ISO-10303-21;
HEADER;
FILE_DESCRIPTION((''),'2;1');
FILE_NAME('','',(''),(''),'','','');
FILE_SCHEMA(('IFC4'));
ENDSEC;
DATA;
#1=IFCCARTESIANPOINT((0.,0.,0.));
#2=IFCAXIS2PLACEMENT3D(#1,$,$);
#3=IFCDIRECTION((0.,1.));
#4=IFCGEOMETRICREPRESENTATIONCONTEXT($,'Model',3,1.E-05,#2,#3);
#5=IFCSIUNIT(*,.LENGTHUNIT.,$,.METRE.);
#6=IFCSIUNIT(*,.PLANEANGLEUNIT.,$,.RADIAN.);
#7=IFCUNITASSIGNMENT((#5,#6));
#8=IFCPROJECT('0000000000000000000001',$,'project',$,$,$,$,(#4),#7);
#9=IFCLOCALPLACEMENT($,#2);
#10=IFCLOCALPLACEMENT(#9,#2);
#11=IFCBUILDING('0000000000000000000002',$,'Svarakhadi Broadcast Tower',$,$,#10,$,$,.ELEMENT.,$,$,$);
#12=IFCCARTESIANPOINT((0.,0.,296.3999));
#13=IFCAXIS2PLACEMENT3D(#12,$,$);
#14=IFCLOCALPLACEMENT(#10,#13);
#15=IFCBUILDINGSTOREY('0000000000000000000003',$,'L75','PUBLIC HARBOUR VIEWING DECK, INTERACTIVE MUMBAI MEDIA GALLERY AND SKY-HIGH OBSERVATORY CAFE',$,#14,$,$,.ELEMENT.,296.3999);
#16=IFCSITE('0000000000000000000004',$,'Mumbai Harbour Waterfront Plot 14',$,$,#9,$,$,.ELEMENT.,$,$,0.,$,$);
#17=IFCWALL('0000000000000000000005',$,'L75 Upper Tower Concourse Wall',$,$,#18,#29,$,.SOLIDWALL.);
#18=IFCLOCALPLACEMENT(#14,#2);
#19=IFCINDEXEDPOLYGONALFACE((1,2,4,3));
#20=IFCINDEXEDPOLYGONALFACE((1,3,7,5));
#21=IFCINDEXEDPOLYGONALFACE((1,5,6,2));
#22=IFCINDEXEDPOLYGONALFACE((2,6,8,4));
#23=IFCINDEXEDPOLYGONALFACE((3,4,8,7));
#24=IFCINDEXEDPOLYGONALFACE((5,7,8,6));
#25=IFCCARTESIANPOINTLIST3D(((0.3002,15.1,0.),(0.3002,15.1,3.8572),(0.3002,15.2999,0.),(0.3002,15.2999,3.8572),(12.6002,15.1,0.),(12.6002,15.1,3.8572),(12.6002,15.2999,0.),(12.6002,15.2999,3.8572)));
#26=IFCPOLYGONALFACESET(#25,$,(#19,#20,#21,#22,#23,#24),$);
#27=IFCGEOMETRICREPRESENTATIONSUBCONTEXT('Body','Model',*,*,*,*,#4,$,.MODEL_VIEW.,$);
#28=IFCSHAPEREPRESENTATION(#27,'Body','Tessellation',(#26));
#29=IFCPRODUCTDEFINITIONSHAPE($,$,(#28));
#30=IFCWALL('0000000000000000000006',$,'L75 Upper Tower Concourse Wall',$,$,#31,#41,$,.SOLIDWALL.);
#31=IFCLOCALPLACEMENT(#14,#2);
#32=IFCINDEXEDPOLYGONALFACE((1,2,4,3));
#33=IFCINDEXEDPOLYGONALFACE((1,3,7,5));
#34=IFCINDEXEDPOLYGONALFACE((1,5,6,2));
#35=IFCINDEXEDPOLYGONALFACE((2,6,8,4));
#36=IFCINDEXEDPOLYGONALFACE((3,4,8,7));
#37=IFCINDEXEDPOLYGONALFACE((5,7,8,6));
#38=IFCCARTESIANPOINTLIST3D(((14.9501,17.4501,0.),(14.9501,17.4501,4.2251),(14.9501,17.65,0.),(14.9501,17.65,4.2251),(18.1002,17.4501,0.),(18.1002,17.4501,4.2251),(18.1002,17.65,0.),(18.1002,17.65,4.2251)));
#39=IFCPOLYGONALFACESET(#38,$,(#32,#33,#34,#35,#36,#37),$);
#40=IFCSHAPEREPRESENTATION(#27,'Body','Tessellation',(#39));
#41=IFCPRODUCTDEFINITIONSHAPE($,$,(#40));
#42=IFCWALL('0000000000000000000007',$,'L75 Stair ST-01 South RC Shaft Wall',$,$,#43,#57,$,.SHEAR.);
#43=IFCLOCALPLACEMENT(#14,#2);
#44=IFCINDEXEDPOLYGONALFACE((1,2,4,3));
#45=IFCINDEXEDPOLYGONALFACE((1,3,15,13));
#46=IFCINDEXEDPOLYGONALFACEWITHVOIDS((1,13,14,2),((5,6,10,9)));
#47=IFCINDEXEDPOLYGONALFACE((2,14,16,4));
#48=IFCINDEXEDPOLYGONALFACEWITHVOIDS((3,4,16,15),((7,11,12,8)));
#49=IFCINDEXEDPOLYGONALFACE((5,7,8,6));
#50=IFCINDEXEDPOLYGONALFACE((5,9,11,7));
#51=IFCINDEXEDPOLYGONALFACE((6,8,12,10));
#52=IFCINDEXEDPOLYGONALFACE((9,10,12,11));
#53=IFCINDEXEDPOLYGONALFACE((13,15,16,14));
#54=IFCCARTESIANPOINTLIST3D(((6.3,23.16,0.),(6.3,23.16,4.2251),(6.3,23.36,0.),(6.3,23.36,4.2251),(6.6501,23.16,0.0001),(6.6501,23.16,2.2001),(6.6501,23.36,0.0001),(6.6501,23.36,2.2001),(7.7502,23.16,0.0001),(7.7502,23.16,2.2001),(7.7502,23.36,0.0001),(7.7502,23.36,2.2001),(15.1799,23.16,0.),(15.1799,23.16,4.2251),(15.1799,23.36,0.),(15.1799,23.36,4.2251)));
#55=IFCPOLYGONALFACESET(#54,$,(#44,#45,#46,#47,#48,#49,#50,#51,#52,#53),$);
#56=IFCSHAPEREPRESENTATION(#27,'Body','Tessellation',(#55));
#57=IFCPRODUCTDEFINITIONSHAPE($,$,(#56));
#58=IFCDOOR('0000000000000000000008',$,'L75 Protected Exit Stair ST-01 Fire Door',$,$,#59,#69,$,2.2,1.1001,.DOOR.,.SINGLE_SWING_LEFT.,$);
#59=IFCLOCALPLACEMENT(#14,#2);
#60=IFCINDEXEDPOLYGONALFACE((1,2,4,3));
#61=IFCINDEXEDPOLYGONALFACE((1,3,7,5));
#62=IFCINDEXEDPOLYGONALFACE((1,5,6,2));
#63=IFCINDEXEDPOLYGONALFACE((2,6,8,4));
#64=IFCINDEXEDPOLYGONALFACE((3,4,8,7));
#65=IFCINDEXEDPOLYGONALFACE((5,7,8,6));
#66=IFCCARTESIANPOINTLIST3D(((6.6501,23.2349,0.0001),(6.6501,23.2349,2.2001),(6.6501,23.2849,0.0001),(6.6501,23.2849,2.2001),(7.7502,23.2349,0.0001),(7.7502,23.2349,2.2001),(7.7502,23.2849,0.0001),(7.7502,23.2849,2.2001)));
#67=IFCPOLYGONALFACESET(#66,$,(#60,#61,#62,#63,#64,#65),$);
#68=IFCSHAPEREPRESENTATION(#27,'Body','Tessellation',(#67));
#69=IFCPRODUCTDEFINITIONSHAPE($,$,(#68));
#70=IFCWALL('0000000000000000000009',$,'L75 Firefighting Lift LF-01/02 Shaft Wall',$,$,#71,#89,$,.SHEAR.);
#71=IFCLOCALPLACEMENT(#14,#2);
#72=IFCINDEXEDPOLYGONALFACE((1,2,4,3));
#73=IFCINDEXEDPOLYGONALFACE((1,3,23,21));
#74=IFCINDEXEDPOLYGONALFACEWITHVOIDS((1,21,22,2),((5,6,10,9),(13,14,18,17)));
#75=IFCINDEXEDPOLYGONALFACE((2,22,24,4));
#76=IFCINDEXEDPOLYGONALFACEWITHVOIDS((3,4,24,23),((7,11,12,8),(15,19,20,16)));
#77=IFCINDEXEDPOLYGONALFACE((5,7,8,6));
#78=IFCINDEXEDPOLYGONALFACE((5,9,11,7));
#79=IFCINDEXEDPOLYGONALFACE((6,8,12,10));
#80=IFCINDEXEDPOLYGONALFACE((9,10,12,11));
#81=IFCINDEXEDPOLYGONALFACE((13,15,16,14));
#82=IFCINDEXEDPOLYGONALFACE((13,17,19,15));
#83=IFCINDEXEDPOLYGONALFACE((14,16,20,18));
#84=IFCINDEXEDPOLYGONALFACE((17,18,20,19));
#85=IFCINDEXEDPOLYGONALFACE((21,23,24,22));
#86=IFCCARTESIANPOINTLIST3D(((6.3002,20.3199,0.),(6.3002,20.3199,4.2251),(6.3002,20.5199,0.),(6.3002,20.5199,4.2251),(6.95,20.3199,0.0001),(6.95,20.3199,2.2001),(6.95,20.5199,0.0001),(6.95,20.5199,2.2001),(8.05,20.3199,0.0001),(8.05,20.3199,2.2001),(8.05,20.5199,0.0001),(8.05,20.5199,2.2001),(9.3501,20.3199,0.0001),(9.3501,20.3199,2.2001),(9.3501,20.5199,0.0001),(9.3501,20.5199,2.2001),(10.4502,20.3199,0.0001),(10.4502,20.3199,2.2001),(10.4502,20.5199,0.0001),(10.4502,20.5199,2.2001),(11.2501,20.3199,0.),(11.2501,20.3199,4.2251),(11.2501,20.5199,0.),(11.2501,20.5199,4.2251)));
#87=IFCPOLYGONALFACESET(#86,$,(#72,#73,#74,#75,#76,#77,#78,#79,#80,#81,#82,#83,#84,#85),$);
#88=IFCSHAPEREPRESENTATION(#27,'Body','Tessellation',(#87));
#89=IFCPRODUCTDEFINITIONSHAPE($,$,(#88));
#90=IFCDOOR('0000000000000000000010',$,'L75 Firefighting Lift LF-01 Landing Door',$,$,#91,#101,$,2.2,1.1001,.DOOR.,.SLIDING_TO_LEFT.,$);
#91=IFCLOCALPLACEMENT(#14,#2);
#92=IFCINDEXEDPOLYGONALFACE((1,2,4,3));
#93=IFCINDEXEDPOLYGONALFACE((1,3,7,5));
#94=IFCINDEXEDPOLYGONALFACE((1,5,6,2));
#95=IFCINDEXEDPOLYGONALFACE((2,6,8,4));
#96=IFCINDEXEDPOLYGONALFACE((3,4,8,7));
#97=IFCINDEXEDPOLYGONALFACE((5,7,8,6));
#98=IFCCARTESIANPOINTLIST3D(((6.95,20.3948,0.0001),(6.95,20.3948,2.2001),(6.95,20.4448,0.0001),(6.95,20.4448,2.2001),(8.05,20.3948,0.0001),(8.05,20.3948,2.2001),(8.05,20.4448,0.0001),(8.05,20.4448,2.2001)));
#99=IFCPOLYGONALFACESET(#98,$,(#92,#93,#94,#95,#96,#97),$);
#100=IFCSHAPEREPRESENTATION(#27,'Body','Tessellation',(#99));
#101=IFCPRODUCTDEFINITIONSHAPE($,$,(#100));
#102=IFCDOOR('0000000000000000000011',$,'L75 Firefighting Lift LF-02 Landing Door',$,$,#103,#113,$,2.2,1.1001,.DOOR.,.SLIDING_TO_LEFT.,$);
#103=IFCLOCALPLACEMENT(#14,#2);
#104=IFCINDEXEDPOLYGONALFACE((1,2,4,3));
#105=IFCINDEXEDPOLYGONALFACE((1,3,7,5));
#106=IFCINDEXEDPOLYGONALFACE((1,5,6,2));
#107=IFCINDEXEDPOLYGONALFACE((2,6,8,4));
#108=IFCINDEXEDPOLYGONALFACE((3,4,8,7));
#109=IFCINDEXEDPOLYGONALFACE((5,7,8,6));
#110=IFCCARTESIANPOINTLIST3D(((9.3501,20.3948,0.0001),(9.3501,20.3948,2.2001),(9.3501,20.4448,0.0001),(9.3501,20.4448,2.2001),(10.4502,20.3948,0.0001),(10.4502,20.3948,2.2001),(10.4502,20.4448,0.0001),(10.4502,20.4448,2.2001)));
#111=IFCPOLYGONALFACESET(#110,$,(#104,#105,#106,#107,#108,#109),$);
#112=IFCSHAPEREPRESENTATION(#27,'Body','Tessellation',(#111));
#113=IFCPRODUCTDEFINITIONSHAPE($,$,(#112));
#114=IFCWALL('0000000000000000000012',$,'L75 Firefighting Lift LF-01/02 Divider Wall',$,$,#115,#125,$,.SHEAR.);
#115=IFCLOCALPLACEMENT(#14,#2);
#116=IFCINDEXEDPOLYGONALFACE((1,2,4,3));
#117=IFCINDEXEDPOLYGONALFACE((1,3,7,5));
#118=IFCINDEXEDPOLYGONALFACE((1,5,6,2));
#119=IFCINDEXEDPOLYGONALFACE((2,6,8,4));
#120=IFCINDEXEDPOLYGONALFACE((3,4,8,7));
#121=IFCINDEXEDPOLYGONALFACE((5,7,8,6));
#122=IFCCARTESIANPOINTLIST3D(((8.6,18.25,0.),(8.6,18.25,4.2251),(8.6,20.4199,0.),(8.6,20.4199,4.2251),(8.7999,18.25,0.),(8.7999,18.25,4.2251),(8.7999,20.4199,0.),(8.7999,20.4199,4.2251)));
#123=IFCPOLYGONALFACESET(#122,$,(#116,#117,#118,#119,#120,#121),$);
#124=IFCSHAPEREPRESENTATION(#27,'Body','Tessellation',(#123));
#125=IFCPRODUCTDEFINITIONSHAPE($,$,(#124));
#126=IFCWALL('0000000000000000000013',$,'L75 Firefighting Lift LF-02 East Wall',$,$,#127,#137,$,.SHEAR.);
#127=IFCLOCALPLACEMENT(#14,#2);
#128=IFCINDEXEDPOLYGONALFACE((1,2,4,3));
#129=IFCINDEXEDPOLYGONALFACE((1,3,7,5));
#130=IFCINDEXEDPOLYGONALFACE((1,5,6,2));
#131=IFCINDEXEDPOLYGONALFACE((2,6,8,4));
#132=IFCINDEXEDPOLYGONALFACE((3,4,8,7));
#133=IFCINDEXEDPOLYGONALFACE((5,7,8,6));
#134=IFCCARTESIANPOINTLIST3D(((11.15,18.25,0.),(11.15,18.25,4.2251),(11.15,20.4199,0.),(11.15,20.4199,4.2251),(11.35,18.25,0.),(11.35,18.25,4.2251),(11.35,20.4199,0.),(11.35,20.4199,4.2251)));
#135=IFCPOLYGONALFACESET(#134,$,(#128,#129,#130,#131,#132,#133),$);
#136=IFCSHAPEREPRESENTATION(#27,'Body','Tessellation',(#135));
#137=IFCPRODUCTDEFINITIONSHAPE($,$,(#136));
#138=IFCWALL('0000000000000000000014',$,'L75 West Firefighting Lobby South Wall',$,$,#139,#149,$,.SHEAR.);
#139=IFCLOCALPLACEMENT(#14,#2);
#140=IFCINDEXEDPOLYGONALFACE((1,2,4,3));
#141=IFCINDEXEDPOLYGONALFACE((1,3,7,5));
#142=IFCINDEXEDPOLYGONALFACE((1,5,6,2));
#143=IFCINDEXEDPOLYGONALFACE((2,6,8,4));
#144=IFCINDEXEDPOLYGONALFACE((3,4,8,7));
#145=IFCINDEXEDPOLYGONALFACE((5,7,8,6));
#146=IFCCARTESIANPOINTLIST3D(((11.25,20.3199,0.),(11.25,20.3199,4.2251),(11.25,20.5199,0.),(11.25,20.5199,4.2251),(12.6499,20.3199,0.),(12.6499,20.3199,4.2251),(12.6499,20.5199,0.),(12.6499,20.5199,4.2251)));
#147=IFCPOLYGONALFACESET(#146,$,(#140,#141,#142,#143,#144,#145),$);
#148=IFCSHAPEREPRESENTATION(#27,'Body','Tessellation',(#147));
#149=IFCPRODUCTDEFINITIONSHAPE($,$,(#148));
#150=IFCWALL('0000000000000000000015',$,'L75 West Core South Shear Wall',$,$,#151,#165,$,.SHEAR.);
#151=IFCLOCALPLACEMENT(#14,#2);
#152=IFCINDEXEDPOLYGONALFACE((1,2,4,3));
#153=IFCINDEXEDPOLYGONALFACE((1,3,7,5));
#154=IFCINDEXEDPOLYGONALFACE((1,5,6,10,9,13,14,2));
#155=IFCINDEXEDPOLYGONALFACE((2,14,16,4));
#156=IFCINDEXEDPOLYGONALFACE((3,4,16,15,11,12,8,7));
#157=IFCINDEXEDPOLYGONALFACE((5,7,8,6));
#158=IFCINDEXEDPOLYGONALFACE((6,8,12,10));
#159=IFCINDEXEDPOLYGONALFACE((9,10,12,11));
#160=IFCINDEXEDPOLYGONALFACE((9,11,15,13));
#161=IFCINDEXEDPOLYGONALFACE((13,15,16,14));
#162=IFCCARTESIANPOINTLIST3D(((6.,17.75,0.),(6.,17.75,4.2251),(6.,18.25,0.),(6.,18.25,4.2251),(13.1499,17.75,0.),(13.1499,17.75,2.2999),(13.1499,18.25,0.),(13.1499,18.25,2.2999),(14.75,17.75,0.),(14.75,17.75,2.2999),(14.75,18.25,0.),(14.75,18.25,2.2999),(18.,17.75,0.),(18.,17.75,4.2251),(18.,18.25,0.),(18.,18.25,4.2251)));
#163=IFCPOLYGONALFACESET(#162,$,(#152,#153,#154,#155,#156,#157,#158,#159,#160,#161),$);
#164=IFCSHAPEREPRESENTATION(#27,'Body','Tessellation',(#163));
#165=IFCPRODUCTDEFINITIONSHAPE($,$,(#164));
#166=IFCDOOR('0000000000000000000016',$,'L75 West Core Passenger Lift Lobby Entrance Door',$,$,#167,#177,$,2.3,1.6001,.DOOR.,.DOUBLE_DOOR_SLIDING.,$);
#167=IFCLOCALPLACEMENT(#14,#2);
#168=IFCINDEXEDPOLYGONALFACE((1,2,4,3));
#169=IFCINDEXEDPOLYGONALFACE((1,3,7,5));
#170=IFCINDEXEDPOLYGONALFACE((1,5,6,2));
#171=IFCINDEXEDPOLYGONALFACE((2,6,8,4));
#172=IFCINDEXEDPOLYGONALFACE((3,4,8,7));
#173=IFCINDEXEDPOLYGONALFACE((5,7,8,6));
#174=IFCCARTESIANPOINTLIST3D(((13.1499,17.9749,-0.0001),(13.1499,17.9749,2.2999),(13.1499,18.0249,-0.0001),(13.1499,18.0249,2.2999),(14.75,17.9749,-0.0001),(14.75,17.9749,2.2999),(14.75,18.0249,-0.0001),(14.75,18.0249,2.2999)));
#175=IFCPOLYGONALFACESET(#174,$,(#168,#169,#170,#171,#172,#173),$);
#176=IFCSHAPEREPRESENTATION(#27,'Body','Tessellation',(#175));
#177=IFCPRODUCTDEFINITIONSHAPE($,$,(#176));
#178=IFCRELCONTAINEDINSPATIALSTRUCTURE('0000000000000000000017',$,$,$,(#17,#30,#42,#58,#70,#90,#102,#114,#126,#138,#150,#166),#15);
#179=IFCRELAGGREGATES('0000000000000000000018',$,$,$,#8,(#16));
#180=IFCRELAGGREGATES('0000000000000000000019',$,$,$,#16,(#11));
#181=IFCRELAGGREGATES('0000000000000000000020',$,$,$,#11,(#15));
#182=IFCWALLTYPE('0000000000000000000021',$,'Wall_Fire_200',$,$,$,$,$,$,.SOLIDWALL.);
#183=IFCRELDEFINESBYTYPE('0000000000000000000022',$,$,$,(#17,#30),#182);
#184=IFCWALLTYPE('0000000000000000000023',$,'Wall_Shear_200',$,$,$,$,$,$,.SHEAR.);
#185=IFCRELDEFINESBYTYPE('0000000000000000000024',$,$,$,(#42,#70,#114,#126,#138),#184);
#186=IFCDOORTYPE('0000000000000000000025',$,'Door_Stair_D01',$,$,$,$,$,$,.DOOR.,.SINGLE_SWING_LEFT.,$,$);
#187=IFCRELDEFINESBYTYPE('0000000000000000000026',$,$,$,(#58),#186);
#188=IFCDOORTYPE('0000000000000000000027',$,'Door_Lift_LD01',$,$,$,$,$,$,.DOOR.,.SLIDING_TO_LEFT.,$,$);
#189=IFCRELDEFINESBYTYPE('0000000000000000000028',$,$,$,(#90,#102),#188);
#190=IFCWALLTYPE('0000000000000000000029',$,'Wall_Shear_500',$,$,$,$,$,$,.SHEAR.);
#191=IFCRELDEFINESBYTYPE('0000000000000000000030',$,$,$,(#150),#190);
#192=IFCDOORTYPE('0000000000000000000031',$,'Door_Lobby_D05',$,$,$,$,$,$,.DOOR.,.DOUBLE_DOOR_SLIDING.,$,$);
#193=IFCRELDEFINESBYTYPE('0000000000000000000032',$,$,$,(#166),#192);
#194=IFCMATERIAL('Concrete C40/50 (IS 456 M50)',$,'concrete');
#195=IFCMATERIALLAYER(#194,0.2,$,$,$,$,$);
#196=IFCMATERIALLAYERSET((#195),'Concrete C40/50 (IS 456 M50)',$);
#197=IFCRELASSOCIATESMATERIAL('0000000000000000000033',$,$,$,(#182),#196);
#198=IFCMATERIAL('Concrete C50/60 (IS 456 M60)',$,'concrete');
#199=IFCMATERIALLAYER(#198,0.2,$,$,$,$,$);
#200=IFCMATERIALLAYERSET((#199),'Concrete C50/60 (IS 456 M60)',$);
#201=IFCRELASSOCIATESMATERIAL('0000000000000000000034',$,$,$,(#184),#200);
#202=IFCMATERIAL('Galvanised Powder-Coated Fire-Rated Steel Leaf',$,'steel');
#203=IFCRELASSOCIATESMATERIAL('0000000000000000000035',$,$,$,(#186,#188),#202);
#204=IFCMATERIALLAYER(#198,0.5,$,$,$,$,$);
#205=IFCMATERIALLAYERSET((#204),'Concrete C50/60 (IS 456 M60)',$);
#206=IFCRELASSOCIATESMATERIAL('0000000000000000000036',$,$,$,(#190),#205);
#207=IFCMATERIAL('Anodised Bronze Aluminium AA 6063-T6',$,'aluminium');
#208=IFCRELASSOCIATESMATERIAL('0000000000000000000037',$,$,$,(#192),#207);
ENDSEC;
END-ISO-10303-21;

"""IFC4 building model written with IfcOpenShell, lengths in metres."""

from ifc_helpers import new_model, si_unit, direction, frame, frame_2d, origin, place, context, subcontext, project, spatial, rectangle, extrude, material, layer, layer_set, type_object, element, fill, save


model = new_model("IFC4")

# Units and contexts
model_context = context("Model", 3, precision=1e-05, world=origin(), true_north=direction((0.0, 1.0)))
body_context = subcontext(model_context, "Body", "Model", "MODEL_VIEW")
ifc_project = project(units=[si_unit("LENGTHUNIT", "METRE"), si_unit("PLANEANGLEUNIT", "RADIAN")], contexts=[model_context])

# Site, building, storey
site_placement = place(None, origin())
site = spatial("IfcSite", under=ifc_project, at=site_placement, Name="Mumbai Harbour Waterfront Plot 14", CompositionType="ELEMENT", RefElevation=0.0)
building_placement = place(site_placement, origin())
building = spatial("IfcBuilding", under=site, at=building_placement, Name="Svarakhadi Broadcast Tower", CompositionType="ELEMENT")
storey_placement = place(building_placement, frame((0.0, 0.0, 296.3999)))
storey = spatial("IfcBuildingStorey", under=building, at=storey_placement, Name="L75", Description="PUBLIC HARBOUR VIEWING DECK, INTERACTIVE MUMBAI MEDIA GALLERY AND SKY-HIGH OBSERVATORY CAFE", CompositionType="ELEMENT", Elevation=296.3999)

# Shared definitions
ifc_material_1 = material(Name="Concrete C50/60 (IS 456 M60)", Category="concrete")

# Walls
ifc_material_2 = material(Name="Concrete C40/50 (IS 456 M50)", Category="concrete")
ifc_layer_1 = layer(ifc_material_2, 0.2)
ifc_layer_set_1 = layer_set([ifc_layer_1], Name="Concrete C40/50 (IS 456 M50)")
wall_type_1 = type_object("IfcWallType", Name="Wall_Fire_200", PredefinedType="SOLIDWALL", material=ifc_layer_set_1)
wall_1_placement = place(storey_placement, frame((12.6001, 15.2, 0.0), z_axis=(0.0, 0.0, 1.0), x_axis=(-1.0, 0.0, 0.0)))
element("IfcWall", 1, at=wall_1_placement, inside=storey, type_object=wall_type_1, Name="L75 Upper Tower Concourse Wall", PredefinedType="SOLIDWALL", context=body_context, shape_type="SweptSolid", body=[
    extrude(rectangle(XDim=12.3, YDim=0.2, at=frame_2d((6.1499, 0.0))), origin(), (0.0, 0.0, 1.0), 3.8572),
])
wall_2_placement = place(storey_placement, frame((14.95, 17.55, 0.0), z_axis=(0.0, 0.0, 1.0), x_axis=(1.0, 0.0, 0.0)))
element("IfcWall", 2, at=wall_2_placement, inside=storey, type_object=wall_type_1, Name="L75 Upper Tower Concourse Wall", PredefinedType="SOLIDWALL", context=body_context, shape_type="SweptSolid", body=[
    extrude(rectangle(XDim=3.1501, YDim=0.2, at=frame_2d((1.5752, 0.0))), origin(), (0.0, 0.0, 1.0), 4.2251),
])

# Wall, opening, door
ifc_layer_2 = layer(ifc_material_1, 0.2)
ifc_layer_set_2 = layer_set([ifc_layer_2], Name="Concrete C50/60 (IS 456 M60)")
wall_type_2 = type_object("IfcWallType", Name="Wall_Shear_200", PredefinedType="SHEAR", material=ifc_layer_set_2)
wall_3_placement = place(storey_placement, frame((6.3, 23.26, 0.0), z_axis=(0.0, 0.0, 1.0), x_axis=(1.0, 0.0, 0.0)))
wall_3 = element("IfcWall", 3, at=wall_3_placement, inside=storey, type_object=wall_type_2, Name="L75 Stair ST-01 South RC Shaft Wall", PredefinedType="SHEAR", context=body_context, shape_type="SweptSolid", body=[
    extrude(rectangle(XDim=8.8799, YDim=0.2, at=frame_2d((4.4399, 0.0))), origin(), (0.0, 0.0, 1.0), 4.2251),
])
opening_1_placement = place(wall_3_placement, frame((0.3501, 0.0, 0.0)))
opening_1 = element("IfcOpeningElement", 4, at=opening_1_placement, cuts=wall_3, PredefinedType="OPENING", context=body_context, shape_type="SweptSolid", body=[
    extrude(rectangle(XDim=1.1001, YDim=2.2, at=frame_2d((0.55, 1.1001))), frame((0.0, 0.1099, 0.0), z_axis=(0.0, -1.0, 0.0), x_axis=(1.0, 0.0, 0.0)), (0.0, 0.0, 1.0), 0.22),
])
ifc_material_3 = material(Name="Galvanised Powder-Coated Fire-Rated Steel Leaf", Category="steel")
door_type_1 = type_object("IfcDoorType", Name="Door_Stair_D01", OperationType="SINGLE_SWING_LEFT", PredefinedType="DOOR", material=ifc_material_3)
door_1_placement = place(opening_1_placement, origin())
door_1 = element("IfcDoor", 5, at=door_1_placement, inside=storey, type_object=door_type_1, Name="L75 Protected Exit Stair ST-01 Fire Door", OperationType="SINGLE_SWING_LEFT", OverallHeight=2.2, OverallWidth=1.1001, PredefinedType="DOOR", context=body_context, shape_type="SweptSolid", body=[
    extrude(rectangle(XDim=1.1001, YDim=2.2, at=frame_2d((0.55, 1.1001))), frame((0.0, 0.0249, 0.0), z_axis=(0.0, -1.0, 0.0), x_axis=(1.0, 0.0, 0.0)), (0.0, 0.0, 1.0), 0.05),
])
fill(opening_1, door_1)

# Wall, openings, doors
wall_4_placement = place(storey_placement, frame((6.3, 20.4199, 0.0), z_axis=(0.0, 0.0, 1.0), x_axis=(1.0, 0.0, 0.0)))
wall_4 = element("IfcWall", 6, at=wall_4_placement, inside=storey, type_object=wall_type_2, Name="L75 Firefighting Lift LF-01/02 Shaft Wall", PredefinedType="SHEAR", context=body_context, shape_type="SweptSolid", body=[
    extrude(rectangle(XDim=4.95, YDim=0.2, at=frame_2d((2.4751, 0.0))), origin(), (0.0, 0.0, 1.0), 4.2251),
])
opening_2_placement = place(wall_4_placement, frame((0.6499, 0.0, 0.0)))
opening_2 = element("IfcOpeningElement", 7, at=opening_2_placement, cuts=wall_4, PredefinedType="OPENING", context=body_context, shape_type="SweptSolid", body=[
    extrude(rectangle(XDim=1.1001, YDim=2.2, at=frame_2d((0.55, 1.1001))), frame((0.0, 0.1099, 0.0), z_axis=(0.0, -1.0, 0.0), x_axis=(1.0, 0.0, 0.0)), (0.0, 0.0, 1.0), 0.22),
])
opening_3_placement = place(wall_4_placement, frame((3.05, 0.0, 0.0)))
opening_3 = element("IfcOpeningElement", 8, at=opening_3_placement, cuts=wall_4, PredefinedType="OPENING", context=body_context, shape_type="SweptSolid", body=[
    extrude(rectangle(XDim=1.1001, YDim=2.2, at=frame_2d((0.55, 1.1001))), frame((0.0, 0.1099, 0.0), z_axis=(0.0, -1.0, 0.0), x_axis=(1.0, 0.0, 0.0)), (0.0, 0.0, 1.0), 0.22),
])
door_type_2 = type_object("IfcDoorType", Name="Door_Lift_LD01", OperationType="SLIDING_TO_LEFT", PredefinedType="DOOR", material=ifc_material_3)
door_2_placement = place(opening_2_placement, origin())
door_2 = element("IfcDoor", 9, at=door_2_placement, inside=storey, type_object=door_type_2, Name="L75 Firefighting Lift LF-01 Landing Door", OperationType="SLIDING_TO_LEFT", OverallHeight=2.2, OverallWidth=1.1001, PredefinedType="DOOR", context=body_context, shape_type="SweptSolid", body=[
    extrude(rectangle(XDim=1.1001, YDim=2.2, at=frame_2d((0.55, 1.1001))), frame((0.0, 0.0249, 0.0), z_axis=(0.0, -1.0, 0.0), x_axis=(1.0, 0.0, 0.0)), (0.0, 0.0, 1.0), 0.05),
])
fill(opening_2, door_2)
door_3_placement = place(opening_3_placement, origin())
door_3 = element("IfcDoor", 10, at=door_3_placement, inside=storey, type_object=door_type_2, Name="L75 Firefighting Lift LF-02 Landing Door", OperationType="SLIDING_TO_LEFT", OverallHeight=2.2, OverallWidth=1.1001, PredefinedType="DOOR", context=body_context, shape_type="SweptSolid", body=[
    extrude(rectangle(XDim=1.1001, YDim=2.2, at=frame_2d((0.55, 1.1001))), frame((0.0, 0.0249, 0.0), z_axis=(0.0, -1.0, 0.0), x_axis=(1.0, 0.0, 0.0)), (0.0, 0.0, 1.0), 0.05),
])
fill(opening_3, door_3)

# Walls
for number, where, z_axis, x_axis, name in (
    (11, (8.7, 18.25, 0.0), (0.0, 0.0, 1.0), (0.0, 1.0, 0.0), "L75 Firefighting Lift LF-01/02 Divider Wall"),
    (12, (11.25, 18.25, 0.0), (0.0, 0.0, 1.0), (0.0, 1.0, 0.0), "L75 Firefighting Lift LF-02 East Wall"),
):
    element("IfcWall", number, at=place(storey_placement, frame(where, z_axis=z_axis, x_axis=x_axis)), inside=storey, type_object=wall_type_2, Name=name, PredefinedType="SHEAR", context=body_context, shape_type="SweptSolid", body=[
        extrude(rectangle(XDim=2.1699, YDim=0.2, at=frame_2d((1.085, 0.0))), origin(), (0.0, 0.0, 1.0), 4.2251),
    ])
wall_5_placement = place(storey_placement, frame((11.25, 20.4199, 0.0), z_axis=(0.0, 0.0, 1.0), x_axis=(1.0, 0.0, 0.0)))
element("IfcWall", 13, at=wall_5_placement, inside=storey, type_object=wall_type_2, Name="L75 West Firefighting Lobby South Wall", PredefinedType="SHEAR", context=body_context, shape_type="SweptSolid", body=[
    extrude(rectangle(XDim=1.3999, YDim=0.2, at=frame_2d((0.7, 0.0))), origin(), (0.0, 0.0, 1.0), 4.2251),
])

# Wall, opening, door
ifc_layer_3 = layer(ifc_material_1, 0.5)
ifc_layer_set_3 = layer_set([ifc_layer_3], Name="Concrete C50/60 (IS 456 M60)")
wall_type_3 = type_object("IfcWallType", Name="Wall_Shear_500", PredefinedType="SHEAR", material=ifc_layer_set_3)
wall_6_placement = place(storey_placement, frame((6.0, 18.0, 0.0), z_axis=(0.0, 0.0, 1.0), x_axis=(1.0, 0.0, 0.0)))
wall_6 = element("IfcWall", 14, at=wall_6_placement, inside=storey, type_object=wall_type_3, Name="L75 West Core South Shear Wall", PredefinedType="SHEAR", context=body_context, shape_type="SweptSolid", body=[
    extrude(rectangle(XDim=12.0, YDim=0.5, at=frame_2d((6.0, 0.0))), origin(), (0.0, 0.0, 1.0), 4.2251),
])
opening_4_placement = place(wall_6_placement, frame((7.1499, 0.0, 0.0)))
opening_4 = element("IfcOpeningElement", 15, at=opening_4_placement, cuts=wall_6, PredefinedType="OPENING", context=body_context, shape_type="SweptSolid", body=[
    extrude(rectangle(XDim=1.6001, YDim=2.3, at=frame_2d((0.8, 1.1499))), frame((0.0, 0.26, 0.0), z_axis=(0.0, -1.0, 0.0), x_axis=(1.0, 0.0, 0.0)), (0.0, 0.0, 1.0), 0.52),
])
ifc_material_4 = material(Name="Anodised Bronze Aluminium AA 6063-T6", Category="aluminium")
door_type_3 = type_object("IfcDoorType", Name="Door_Lobby_D05", OperationType="DOUBLE_DOOR_SLIDING", PredefinedType="DOOR", material=ifc_material_4)
door_4_placement = place(opening_4_placement, origin())
door_4 = element("IfcDoor", 16, at=door_4_placement, inside=storey, type_object=door_type_3, Name="L75 West Core Passenger Lift Lobby Entrance Door", OperationType="DOUBLE_DOOR_SLIDING", OverallHeight=2.3, OverallWidth=1.6001, PredefinedType="DOOR", context=body_context, shape_type="SweptSolid", body=[
    extrude(rectangle(XDim=1.6001, YDim=2.3, at=frame_2d((0.8, 1.1499))), frame((0.0, 0.0249, 0.0), z_axis=(0.0, -1.0, 0.0), x_axis=(1.0, 0.0, 0.0)), (0.0, 0.0, 1.0), 0.05),
])
fill(opening_4, door_4)

save(model, "model.ifc")
